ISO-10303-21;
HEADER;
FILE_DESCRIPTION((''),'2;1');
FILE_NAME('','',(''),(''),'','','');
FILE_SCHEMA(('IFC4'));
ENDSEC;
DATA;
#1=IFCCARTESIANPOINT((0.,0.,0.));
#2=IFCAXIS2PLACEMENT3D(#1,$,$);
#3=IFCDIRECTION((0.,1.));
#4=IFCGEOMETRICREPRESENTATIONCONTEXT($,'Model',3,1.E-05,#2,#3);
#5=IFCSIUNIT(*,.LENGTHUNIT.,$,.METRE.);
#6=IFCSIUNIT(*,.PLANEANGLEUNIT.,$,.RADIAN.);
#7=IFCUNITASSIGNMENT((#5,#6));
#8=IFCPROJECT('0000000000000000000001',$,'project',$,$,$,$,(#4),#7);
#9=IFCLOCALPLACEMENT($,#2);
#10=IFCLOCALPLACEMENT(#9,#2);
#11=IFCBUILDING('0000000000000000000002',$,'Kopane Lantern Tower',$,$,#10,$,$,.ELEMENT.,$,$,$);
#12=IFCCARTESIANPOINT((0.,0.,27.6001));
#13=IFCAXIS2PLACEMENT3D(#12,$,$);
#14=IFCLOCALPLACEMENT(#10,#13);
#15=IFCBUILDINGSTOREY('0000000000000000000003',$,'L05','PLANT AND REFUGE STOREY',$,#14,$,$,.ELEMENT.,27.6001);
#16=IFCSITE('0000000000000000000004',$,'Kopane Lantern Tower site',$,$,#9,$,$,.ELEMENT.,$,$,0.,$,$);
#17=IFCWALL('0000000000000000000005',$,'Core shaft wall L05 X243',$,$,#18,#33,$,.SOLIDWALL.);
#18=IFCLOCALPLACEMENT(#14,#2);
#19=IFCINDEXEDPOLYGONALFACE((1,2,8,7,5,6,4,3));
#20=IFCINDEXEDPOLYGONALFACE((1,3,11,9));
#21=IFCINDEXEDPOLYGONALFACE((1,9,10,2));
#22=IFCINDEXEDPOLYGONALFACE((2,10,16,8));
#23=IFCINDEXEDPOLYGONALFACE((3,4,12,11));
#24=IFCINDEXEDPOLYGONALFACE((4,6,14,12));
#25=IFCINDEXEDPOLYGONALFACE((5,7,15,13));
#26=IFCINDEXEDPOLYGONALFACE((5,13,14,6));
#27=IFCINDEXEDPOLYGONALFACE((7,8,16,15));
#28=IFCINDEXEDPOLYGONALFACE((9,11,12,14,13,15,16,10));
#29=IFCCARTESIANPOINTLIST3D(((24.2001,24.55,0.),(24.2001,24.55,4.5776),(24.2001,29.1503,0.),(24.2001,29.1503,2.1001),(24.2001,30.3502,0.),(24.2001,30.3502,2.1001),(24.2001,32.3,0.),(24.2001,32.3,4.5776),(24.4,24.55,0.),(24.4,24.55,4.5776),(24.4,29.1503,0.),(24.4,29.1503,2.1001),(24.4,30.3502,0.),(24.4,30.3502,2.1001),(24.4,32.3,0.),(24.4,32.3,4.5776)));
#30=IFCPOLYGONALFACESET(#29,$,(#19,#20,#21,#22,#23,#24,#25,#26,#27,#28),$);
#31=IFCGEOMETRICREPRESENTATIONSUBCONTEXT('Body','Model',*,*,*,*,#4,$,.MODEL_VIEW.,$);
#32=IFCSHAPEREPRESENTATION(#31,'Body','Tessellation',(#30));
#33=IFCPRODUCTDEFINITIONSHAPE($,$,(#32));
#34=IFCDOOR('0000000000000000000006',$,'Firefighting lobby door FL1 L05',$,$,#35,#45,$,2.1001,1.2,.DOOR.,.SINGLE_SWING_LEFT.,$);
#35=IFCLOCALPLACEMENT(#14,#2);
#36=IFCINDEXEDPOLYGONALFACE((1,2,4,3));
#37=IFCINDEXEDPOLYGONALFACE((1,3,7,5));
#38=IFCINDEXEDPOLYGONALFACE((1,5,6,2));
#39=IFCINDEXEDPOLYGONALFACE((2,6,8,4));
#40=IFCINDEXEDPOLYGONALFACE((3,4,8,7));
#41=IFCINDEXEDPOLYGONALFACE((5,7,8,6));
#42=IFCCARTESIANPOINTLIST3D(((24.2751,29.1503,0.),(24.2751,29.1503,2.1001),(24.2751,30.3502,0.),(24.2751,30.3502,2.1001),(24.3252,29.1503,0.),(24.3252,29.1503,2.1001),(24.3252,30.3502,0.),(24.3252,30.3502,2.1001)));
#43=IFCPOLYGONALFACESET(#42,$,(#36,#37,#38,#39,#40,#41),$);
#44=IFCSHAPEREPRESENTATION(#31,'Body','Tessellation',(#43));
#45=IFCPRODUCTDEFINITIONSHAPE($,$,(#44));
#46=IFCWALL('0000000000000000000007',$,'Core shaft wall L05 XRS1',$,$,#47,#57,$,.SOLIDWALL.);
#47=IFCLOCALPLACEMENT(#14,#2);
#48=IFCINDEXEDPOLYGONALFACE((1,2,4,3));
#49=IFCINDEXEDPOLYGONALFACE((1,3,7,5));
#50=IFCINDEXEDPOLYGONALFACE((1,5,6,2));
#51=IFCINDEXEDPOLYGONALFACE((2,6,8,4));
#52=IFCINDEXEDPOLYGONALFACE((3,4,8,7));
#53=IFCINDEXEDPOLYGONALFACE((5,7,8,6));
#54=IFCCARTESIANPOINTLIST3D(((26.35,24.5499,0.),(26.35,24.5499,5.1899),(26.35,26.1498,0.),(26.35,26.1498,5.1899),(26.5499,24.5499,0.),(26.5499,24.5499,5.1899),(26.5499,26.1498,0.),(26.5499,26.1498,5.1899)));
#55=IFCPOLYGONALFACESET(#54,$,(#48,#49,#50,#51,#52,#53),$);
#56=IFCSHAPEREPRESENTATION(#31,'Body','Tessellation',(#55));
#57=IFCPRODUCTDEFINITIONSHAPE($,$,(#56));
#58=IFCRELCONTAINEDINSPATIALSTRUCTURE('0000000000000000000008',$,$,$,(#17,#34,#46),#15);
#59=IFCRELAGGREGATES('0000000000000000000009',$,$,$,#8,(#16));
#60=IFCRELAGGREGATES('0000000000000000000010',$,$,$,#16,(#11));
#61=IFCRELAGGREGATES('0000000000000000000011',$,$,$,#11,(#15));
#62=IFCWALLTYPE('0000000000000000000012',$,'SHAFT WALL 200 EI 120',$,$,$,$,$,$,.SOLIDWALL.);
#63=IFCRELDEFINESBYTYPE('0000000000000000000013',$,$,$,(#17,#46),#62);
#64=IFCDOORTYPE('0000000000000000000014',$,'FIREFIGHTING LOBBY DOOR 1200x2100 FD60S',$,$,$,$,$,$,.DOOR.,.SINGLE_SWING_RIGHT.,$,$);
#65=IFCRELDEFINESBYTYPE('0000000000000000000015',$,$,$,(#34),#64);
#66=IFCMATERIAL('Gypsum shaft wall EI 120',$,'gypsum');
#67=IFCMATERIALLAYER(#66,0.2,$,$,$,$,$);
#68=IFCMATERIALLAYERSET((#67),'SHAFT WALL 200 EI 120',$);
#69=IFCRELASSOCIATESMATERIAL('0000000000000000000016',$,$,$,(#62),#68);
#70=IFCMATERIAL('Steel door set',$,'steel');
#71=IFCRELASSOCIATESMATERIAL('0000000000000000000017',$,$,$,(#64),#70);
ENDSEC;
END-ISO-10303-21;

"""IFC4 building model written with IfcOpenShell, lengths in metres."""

from ifc_helpers import new_model, si_unit, direction, frame, frame_2d, origin, place, context, subcontext, project, spatial, rectangle, extrude, material, layer, layer_set, type_object, element, fill, save


model = new_model("IFC4")

# Units and contexts
model_context = context("Model", 3, precision=1e-05, world=origin(), true_north=direction((0.0, 1.0)))
body_context = subcontext(model_context, "Body", "Model", "MODEL_VIEW")
ifc_project = project(units=[si_unit("LENGTHUNIT", "METRE"), si_unit("PLANEANGLEUNIT", "RADIAN")], contexts=[model_context])

# Site, building, storey
site_placement = place(None, origin())
site = spatial("IfcSite", under=ifc_project, at=site_placement, Name="Kopane Lantern Tower site", CompositionType="ELEMENT", RefElevation=0.0)
building_placement = place(site_placement, origin())
building = spatial("IfcBuilding", under=site, at=building_placement, Name="Kopane Lantern Tower", CompositionType="ELEMENT")
storey_placement = place(building_placement, frame((0.0, 0.0, 27.6001)))
storey = spatial("IfcBuildingStorey", under=building, at=storey_placement, Name="L05", Description="PLANT AND REFUGE STOREY", CompositionType="ELEMENT", Elevation=27.6001)

# Wall, opening, door
ifc_material_1 = material(Name="Gypsum shaft wall EI 120", Category="gypsum")
ifc_layer_1 = layer(ifc_material_1, 0.2)
ifc_layer_set_1 = layer_set([ifc_layer_1], Name="SHAFT WALL 200 EI 120")
wall_type_1 = type_object("IfcWallType", Name="SHAFT WALL 200 EI 120", PredefinedType="SOLIDWALL", material=ifc_layer_set_1)
wall_1_placement = place(storey_placement, frame((24.3, 24.55, 0.0), z_axis=(0.0, 0.0, 1.0), x_axis=(0.0, 1.0, 0.0)))
wall_1 = element("IfcWall", 1, at=wall_1_placement, inside=storey, type_object=wall_type_1, Name="Core shaft wall L05 X243", PredefinedType="SOLIDWALL", context=body_context, shape_type="SweptSolid", body=[
    extrude(rectangle(XDim=7.75, YDim=0.2, at=frame_2d((3.875, 0.0))), origin(), (0.0, 0.0, 1.0), 4.5776),
])
opening_1_placement = place(wall_1_placement, frame((4.6001, 0.0, 0.0)))
opening_1 = element("IfcOpeningElement", 2, at=opening_1_placement, cuts=wall_1, PredefinedType="OPENING", context=body_context, shape_type="SweptSolid", body=[
    extrude(rectangle(XDim=1.2, YDim=2.1001, at=frame_2d((0.6001, 1.05))), frame((0.0, 0.1099, 0.0), z_axis=(0.0, -1.0, 0.0), x_axis=(1.0, 0.0, 0.0)), (0.0, 0.0, 1.0), 0.22),
])
ifc_material_2 = material(Name="Steel door set", Category="steel")
door_type_1 = type_object("IfcDoorType", Name="FIREFIGHTING LOBBY DOOR 1200x2100 FD60S", OperationType="SINGLE_SWING_RIGHT", PredefinedType="DOOR", material=ifc_material_2)
door_1_placement = place(opening_1_placement, origin())
door_1 = element("IfcDoor", 3, at=door_1_placement, inside=storey, type_object=door_type_1, Name="Firefighting lobby door FL1 L05", OperationType="SINGLE_SWING_LEFT", OverallHeight=2.1001, OverallWidth=1.2, PredefinedType="DOOR", context=body_context, shape_type="SweptSolid", body=[
    extrude(rectangle(XDim=1.2, YDim=2.1001, at=frame_2d((0.6001, 1.05))), frame((0.0, 0.0249, 0.0), z_axis=(0.0, -1.0, 0.0), x_axis=(1.0, 0.0, 0.0)), (0.0, 0.0, 1.0), 0.05),
])
fill(opening_1, door_1)

# Wall
wall_2_placement = place(storey_placement, frame((26.45, 24.55, 0.0), z_axis=(0.0, 0.0, 1.0), x_axis=(0.0, 1.0, 0.0)))
element("IfcWall", 4, at=wall_2_placement, inside=storey, type_object=wall_type_1, Name="Core shaft wall L05 XRS1", PredefinedType="SOLIDWALL", context=body_context, shape_type="SweptSolid", body=[
    extrude(rectangle(XDim=1.5999, YDim=0.2, at=frame_2d((0.7998, 0.0))), origin(), (0.0, 0.0, 1.0), 5.1899),
])

save(model, "model.ifc")
